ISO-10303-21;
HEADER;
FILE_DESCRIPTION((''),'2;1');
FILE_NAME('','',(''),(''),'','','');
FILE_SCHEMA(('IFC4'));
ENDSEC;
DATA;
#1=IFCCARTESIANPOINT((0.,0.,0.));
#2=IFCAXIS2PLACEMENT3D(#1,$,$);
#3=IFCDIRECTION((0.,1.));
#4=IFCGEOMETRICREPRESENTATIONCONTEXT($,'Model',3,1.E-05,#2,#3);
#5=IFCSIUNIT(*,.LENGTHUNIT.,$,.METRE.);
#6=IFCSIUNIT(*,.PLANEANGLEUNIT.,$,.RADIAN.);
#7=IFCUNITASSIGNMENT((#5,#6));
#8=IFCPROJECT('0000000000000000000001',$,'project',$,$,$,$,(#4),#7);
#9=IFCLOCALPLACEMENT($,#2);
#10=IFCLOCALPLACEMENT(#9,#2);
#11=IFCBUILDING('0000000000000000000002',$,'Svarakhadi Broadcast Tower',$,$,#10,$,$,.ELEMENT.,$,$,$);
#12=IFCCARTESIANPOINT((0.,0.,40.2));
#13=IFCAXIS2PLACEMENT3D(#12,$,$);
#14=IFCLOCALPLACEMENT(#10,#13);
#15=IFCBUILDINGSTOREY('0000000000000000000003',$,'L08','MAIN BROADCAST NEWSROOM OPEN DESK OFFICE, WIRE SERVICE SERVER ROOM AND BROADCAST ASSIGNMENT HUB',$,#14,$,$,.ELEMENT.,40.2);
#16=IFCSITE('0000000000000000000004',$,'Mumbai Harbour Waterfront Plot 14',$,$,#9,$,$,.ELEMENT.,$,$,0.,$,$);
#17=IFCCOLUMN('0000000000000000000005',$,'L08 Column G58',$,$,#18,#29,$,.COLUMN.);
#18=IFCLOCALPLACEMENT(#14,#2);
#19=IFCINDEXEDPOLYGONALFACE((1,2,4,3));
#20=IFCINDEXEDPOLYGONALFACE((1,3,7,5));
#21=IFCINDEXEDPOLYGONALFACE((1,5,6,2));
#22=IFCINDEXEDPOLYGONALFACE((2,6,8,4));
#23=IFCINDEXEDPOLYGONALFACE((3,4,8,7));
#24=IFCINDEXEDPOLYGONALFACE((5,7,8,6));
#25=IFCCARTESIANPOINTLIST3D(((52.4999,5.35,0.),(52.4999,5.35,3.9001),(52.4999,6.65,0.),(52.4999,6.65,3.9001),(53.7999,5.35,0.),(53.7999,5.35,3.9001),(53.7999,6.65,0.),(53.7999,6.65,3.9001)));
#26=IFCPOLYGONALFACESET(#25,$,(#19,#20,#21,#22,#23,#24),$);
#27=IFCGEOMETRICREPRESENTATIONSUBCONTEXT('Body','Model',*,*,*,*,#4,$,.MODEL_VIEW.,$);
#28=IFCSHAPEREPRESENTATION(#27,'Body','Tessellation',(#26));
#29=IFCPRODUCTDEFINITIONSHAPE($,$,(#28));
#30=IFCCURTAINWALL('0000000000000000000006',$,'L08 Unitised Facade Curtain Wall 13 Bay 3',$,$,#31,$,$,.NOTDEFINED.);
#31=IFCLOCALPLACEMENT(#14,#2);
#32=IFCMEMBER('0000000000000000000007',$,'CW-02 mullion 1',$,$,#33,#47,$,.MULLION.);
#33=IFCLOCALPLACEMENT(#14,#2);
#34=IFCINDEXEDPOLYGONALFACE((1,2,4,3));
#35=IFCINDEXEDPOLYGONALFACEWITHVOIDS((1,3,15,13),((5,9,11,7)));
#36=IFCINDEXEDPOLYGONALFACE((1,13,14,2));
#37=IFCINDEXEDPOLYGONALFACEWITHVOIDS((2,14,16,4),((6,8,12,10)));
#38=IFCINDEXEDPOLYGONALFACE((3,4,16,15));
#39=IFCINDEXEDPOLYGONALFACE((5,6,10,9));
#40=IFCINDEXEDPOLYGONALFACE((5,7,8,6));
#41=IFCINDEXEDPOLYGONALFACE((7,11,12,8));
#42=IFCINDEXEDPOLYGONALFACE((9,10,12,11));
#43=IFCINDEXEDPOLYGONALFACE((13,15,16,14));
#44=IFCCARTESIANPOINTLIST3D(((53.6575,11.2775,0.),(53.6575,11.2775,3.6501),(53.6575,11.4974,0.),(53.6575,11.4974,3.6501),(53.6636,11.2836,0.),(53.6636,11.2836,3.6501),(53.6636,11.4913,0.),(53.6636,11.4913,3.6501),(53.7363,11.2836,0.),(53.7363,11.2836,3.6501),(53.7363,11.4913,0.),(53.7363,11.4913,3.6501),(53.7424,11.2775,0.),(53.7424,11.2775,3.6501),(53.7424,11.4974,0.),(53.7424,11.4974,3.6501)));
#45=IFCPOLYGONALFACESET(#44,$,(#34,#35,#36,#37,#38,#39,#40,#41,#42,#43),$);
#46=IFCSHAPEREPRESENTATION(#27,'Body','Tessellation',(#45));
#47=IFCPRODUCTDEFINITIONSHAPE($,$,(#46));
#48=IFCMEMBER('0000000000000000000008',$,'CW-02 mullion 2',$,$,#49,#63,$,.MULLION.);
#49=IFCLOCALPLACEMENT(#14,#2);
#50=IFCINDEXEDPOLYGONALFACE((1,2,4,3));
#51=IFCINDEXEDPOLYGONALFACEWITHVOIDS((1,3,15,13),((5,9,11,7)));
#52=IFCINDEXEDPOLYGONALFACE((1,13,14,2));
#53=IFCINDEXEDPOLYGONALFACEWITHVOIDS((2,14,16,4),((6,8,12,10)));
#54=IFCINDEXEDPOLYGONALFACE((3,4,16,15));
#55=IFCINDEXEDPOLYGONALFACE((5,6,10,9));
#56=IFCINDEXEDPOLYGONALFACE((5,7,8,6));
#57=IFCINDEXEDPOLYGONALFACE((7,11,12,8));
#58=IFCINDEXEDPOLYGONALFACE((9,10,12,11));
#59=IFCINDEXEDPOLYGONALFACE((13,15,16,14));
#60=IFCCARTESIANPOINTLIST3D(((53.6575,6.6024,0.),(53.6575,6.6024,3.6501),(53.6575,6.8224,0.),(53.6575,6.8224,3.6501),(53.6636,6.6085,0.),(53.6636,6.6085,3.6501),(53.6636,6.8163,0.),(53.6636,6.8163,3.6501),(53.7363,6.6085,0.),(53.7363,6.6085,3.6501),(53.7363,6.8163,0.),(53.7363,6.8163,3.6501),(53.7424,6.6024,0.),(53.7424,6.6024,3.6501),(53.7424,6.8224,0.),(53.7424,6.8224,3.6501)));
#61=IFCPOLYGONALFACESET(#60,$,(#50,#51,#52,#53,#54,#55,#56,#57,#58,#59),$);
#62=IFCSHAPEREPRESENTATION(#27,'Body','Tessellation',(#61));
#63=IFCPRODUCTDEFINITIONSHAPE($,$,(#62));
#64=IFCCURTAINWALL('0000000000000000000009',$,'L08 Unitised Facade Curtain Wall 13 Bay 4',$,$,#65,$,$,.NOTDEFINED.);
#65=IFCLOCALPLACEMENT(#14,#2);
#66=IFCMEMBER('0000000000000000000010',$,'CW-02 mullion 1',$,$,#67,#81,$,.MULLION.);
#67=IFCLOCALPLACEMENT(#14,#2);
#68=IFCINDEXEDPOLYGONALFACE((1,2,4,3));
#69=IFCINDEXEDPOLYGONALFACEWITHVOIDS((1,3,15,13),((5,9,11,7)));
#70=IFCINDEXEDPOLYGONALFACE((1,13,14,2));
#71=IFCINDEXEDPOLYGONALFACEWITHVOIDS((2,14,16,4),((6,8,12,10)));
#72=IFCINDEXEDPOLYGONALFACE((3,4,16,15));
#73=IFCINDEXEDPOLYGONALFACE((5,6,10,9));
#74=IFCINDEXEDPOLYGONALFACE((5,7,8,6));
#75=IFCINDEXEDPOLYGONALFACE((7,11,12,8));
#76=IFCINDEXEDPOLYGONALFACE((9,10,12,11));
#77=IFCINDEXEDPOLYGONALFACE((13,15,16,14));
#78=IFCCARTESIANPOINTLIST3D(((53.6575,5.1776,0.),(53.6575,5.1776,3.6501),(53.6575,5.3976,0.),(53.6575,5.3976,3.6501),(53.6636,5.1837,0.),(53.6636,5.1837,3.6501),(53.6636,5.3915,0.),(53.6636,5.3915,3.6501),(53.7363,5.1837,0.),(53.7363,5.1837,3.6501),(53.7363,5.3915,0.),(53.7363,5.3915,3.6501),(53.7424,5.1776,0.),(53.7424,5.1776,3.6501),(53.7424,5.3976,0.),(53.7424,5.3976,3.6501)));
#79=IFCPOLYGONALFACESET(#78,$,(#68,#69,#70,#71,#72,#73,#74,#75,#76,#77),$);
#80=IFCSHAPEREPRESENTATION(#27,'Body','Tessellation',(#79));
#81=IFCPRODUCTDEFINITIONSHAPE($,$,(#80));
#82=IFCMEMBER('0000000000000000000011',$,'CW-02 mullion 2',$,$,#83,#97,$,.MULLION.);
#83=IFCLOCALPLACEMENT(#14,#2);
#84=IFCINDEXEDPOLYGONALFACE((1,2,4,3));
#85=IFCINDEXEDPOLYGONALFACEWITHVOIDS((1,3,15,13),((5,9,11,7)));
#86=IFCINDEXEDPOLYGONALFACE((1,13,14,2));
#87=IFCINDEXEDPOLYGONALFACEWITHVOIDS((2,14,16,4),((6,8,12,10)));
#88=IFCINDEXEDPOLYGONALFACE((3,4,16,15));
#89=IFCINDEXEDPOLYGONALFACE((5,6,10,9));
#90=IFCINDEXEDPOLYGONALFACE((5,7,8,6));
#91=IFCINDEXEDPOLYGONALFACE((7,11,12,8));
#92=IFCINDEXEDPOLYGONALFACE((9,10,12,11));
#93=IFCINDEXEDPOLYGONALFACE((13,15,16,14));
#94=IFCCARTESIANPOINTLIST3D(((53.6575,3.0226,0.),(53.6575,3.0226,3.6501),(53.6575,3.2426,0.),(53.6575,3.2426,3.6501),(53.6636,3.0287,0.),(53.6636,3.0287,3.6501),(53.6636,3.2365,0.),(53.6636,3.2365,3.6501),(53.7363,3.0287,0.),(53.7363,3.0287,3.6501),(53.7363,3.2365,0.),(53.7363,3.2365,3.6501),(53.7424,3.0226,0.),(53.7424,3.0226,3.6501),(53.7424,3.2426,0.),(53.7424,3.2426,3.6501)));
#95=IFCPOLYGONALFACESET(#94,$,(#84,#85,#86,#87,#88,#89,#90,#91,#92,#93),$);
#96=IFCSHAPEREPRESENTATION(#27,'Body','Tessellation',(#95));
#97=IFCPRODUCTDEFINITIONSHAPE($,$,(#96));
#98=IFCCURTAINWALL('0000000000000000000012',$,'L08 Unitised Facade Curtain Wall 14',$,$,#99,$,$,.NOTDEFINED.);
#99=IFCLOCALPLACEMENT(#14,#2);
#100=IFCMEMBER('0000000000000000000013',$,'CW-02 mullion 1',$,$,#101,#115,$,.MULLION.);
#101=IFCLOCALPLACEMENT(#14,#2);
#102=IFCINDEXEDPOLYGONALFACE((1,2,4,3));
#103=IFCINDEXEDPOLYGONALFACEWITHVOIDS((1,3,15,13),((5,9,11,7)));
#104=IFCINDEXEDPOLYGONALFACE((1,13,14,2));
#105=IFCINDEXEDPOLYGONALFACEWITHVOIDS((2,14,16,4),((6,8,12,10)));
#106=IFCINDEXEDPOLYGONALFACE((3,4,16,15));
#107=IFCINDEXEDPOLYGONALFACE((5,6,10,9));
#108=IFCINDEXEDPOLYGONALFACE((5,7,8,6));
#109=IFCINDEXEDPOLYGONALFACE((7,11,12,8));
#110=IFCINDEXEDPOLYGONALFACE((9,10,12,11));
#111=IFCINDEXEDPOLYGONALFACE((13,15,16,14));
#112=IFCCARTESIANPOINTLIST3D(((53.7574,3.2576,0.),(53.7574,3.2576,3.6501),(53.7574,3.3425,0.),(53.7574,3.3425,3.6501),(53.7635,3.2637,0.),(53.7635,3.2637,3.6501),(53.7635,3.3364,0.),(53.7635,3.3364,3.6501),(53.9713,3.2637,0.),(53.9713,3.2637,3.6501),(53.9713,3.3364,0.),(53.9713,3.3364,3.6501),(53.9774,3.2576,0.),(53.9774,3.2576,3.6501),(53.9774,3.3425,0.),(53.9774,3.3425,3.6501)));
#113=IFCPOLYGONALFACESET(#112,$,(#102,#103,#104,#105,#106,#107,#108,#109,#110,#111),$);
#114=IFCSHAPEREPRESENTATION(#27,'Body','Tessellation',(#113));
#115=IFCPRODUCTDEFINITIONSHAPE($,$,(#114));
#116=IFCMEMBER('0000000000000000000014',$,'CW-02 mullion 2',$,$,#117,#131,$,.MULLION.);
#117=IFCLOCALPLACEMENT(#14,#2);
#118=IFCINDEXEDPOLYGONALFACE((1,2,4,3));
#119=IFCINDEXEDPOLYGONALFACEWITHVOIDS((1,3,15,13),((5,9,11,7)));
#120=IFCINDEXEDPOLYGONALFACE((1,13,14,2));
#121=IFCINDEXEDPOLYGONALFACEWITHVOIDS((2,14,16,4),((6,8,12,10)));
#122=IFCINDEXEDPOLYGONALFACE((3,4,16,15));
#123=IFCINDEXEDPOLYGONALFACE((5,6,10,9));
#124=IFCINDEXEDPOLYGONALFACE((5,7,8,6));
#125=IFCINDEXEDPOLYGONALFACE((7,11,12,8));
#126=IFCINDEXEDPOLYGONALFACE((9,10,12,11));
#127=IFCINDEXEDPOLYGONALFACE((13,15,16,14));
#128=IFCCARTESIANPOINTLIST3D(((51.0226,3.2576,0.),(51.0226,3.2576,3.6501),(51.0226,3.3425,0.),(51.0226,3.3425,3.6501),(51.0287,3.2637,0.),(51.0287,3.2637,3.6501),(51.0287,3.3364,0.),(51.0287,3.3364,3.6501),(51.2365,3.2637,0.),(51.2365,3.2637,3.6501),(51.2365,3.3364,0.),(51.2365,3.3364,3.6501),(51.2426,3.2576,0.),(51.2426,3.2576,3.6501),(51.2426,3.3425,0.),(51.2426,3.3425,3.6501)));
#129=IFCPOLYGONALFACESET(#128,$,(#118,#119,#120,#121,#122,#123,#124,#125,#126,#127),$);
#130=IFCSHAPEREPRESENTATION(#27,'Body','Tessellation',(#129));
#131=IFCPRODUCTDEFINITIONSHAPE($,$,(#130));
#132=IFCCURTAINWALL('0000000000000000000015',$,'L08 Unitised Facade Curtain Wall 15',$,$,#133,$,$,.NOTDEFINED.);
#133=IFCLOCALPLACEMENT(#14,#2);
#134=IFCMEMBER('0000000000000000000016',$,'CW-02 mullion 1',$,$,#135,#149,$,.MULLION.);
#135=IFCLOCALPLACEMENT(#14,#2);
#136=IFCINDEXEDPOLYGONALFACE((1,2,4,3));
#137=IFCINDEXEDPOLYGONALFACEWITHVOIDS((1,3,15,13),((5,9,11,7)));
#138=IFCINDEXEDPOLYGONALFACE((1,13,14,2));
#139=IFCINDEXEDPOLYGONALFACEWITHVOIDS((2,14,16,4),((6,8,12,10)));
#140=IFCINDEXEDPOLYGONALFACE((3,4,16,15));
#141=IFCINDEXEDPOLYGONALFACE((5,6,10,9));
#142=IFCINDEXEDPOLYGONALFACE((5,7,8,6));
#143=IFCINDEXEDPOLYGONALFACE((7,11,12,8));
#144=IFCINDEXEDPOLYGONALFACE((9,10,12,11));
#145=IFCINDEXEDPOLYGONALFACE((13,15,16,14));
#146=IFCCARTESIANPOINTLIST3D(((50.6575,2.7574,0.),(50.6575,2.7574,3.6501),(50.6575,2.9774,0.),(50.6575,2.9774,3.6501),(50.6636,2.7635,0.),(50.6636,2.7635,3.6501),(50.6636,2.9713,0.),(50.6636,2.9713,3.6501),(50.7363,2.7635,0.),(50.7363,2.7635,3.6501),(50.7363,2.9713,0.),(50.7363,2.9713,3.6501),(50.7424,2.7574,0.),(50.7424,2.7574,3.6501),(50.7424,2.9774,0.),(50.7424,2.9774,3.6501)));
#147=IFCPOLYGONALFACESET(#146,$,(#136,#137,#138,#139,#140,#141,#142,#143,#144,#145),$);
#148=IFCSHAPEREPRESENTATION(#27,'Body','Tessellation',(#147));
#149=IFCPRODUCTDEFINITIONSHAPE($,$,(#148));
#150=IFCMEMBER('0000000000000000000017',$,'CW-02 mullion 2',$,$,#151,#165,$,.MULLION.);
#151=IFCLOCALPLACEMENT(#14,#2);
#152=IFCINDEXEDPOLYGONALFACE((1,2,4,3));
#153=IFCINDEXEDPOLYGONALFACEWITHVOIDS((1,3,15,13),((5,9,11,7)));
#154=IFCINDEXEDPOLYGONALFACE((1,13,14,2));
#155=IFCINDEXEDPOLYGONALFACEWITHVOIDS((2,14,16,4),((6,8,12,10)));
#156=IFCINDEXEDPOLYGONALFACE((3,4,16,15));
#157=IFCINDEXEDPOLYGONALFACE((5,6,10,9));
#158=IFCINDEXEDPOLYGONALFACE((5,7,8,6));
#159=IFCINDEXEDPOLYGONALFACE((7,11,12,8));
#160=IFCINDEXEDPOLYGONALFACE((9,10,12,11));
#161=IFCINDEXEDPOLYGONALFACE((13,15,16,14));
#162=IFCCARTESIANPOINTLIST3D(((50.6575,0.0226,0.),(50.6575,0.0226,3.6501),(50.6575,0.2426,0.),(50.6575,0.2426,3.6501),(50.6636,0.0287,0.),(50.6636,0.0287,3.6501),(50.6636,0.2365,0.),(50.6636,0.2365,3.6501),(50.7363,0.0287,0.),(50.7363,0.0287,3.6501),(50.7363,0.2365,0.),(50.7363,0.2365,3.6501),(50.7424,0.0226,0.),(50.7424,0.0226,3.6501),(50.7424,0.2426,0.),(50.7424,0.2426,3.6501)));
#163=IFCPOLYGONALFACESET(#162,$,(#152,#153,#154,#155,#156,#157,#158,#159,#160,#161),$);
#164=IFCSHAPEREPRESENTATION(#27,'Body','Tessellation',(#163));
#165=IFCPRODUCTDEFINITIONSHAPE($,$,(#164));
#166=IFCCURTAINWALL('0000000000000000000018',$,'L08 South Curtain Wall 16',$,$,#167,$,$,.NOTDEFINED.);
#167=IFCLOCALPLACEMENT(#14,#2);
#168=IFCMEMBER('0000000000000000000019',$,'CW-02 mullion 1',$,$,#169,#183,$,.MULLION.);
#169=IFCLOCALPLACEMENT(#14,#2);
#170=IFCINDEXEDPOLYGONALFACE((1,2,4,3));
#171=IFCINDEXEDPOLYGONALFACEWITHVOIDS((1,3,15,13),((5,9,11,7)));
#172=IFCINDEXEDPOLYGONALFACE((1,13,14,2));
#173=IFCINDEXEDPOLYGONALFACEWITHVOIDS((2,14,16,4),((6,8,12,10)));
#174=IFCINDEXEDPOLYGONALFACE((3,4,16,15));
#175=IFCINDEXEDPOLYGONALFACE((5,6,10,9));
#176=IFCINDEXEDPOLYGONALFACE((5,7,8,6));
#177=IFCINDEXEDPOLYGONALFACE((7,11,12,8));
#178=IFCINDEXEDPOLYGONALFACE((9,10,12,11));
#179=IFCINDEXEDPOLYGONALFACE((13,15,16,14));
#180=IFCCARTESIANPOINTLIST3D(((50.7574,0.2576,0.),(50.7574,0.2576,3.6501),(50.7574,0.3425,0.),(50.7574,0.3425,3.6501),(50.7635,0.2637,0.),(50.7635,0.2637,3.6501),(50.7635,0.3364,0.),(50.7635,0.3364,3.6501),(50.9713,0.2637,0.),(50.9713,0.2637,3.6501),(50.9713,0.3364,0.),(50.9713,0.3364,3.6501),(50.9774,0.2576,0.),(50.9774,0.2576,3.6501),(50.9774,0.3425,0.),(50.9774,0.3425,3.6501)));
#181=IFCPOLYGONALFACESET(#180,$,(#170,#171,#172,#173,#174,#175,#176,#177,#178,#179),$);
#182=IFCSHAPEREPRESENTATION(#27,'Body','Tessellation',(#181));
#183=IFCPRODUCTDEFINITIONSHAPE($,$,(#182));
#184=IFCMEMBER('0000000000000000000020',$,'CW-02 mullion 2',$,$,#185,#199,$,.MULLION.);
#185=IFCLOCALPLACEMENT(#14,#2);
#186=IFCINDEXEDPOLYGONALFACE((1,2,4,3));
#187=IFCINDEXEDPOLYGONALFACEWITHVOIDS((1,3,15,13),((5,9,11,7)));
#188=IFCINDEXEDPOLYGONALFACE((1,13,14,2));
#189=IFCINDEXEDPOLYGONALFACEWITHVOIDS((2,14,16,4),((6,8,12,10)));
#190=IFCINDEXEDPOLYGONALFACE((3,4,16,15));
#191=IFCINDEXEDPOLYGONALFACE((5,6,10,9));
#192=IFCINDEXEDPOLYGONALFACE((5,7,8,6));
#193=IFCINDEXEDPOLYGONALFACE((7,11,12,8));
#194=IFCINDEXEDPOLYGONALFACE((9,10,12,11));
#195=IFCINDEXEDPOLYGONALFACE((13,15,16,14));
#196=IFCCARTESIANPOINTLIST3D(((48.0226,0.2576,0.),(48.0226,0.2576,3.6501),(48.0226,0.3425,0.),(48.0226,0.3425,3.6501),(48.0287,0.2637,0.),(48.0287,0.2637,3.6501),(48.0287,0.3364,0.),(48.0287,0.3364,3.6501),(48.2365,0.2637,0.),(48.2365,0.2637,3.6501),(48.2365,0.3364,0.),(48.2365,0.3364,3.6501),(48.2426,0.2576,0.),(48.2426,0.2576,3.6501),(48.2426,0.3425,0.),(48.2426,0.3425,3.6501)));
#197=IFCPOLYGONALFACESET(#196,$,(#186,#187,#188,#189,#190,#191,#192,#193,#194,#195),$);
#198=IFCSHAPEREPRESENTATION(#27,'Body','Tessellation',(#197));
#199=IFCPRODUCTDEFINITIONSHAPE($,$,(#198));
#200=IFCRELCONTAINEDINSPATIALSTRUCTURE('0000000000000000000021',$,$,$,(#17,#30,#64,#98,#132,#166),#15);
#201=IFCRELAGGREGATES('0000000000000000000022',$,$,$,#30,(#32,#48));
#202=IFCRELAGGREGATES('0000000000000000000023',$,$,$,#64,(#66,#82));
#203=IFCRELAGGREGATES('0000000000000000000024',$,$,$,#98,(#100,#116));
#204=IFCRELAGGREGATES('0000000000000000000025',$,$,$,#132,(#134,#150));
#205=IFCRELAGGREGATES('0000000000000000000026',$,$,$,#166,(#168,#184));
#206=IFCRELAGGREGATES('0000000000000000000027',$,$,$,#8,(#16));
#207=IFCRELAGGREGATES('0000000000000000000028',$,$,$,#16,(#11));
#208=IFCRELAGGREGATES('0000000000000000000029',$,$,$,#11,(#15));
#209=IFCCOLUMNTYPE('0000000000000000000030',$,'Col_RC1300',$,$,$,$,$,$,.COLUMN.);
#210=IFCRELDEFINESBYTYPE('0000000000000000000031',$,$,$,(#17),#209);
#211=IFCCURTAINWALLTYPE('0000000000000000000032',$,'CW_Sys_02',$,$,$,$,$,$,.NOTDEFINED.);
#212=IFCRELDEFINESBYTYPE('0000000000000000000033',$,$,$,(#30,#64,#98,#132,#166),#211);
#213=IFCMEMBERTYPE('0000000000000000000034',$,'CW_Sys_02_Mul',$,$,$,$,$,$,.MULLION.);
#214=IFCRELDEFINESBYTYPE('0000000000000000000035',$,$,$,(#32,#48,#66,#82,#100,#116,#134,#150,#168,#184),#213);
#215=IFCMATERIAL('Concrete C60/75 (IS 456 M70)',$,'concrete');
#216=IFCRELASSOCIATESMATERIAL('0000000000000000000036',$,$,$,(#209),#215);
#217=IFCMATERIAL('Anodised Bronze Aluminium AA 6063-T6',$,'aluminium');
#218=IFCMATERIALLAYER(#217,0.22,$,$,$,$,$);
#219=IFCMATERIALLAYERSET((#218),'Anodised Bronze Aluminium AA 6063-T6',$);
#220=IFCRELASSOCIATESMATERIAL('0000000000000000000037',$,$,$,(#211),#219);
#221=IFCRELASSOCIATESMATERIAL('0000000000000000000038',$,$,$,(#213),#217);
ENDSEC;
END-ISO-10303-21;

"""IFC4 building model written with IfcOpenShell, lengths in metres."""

from ifc_helpers import new_model, si_unit, direction, frame, origin, origin_2d, place, context, subcontext, project, spatial, rectangle, hollow_rectangle, extrude, material, layer, layer_set, material_profile, profile_set, type_object, element, aggregate, save


model = new_model("IFC4")

# Units and contexts
model_context = context("Model", 3, precision=1e-05, world=origin(), true_north=direction((0.0, 1.0)))
body_context = subcontext(model_context, "Body", "Model", "MODEL_VIEW")
ifc_project = project(units=[si_unit("LENGTHUNIT", "METRE"), si_unit("PLANEANGLEUNIT", "RADIAN")], contexts=[model_context])

# Site, building, storey
site_placement = place(None, origin())
site = spatial("IfcSite", under=ifc_project, at=site_placement, Name="Mumbai Harbour Waterfront Plot 14", CompositionType="ELEMENT", RefElevation=0.0)
building_placement = place(site_placement, origin())
building = spatial("IfcBuilding", under=site, at=building_placement, Name="Svarakhadi Broadcast Tower", CompositionType="ELEMENT")
storey_placement = place(building_placement, frame((0.0, 0.0, 40.2)))
storey = spatial("IfcBuildingStorey", under=building, at=storey_placement, Name="L08", Description="MAIN BROADCAST NEWSROOM OPEN DESK OFFICE, WIRE SERVICE SERVER ROOM AND BROADCAST ASSIGNMENT HUB", CompositionType="ELEMENT", Elevation=40.2)

# Column
ifc_material_1 = material(Name="Concrete C60/75 (IS 456 M70)", Category="concrete")
ifc_material_profile_1 = material_profile(ifc_material_1, rectangle(XDim=1.3, YDim=1.3, at=origin_2d()), Name="RC 1300x1300")
ifc_profile_set_1 = profile_set([ifc_material_profile_1], Name="Concrete C60/75 (IS 456 M70)")
column_type = type_object("IfcColumnType", Name="Col_RC1300", PredefinedType="COLUMN", material=ifc_profile_set_1)
column_placement = place(storey_placement, frame((53.1499, 6.0, 0.0), z_axis=(0.0, 0.0, 1.0), x_axis=(1.0, 0.0, 0.0)))
element("IfcColumn", 1, at=column_placement, inside=storey, type_object=column_type, Name="L08 Column G58", PredefinedType="COLUMN", context=body_context, shape_type="SweptSolid", body=[
    extrude(rectangle(XDim=1.3, YDim=1.3, at=origin_2d()), origin(), (0.0, 0.0, 1.0), 3.9001),
])

# Curtain walls, members
ifc_material_2 = material(Name="Anodised Bronze Aluminium AA 6063-T6", Category="aluminium")
ifc_layer_1 = layer(ifc_material_2, 0.22)
ifc_layer_set_1 = layer_set([ifc_layer_1], Name="Anodised Bronze Aluminium AA 6063-T6")
curtain_wall_type = type_object("IfcCurtainWallType", Name="CW_Sys_02", PredefinedType="NOTDEFINED", material=ifc_layer_set_1)
curtain_wall_1_placement = place(storey_placement, origin())
curtain_wall_1 = element("IfcCurtainWall", 2, at=curtain_wall_1_placement, inside=storey, type_object=curtain_wall_type, Name="L08 Unitised Facade Curtain Wall 13 Bay 3", PredefinedType="NOTDEFINED")
ifc_material_profile_2 = material_profile(ifc_material_2, hollow_rectangle(XDim=0.085, YDim=0.22, WallThickness=0.0061, at=origin_2d()), Name="ALU MULLION 220x85x6")
ifc_profile_set_2 = profile_set([ifc_material_profile_2], Name="Anodised Bronze Aluminium AA 6063-T6")
member_type_1 = type_object("IfcMemberType", Name="CW_Sys_02_Mul", PredefinedType="MULLION", material=ifc_profile_set_2)
member_1_placement = place(storey_placement, frame((53.7, 11.3875, 0.0), z_axis=(0.0, 0.0, 1.0), x_axis=(1.0, 0.0, 0.0)))
member_1 = element("IfcMember", 3, at=member_1_placement, type_object=member_type_1, Name="CW-02 mullion 1", PredefinedType="MULLION", context=body_context, shape_type="SweptSolid", body=[
    extrude(hollow_rectangle(XDim=0.085, YDim=0.22, WallThickness=0.0061, at=origin_2d()), origin(), (0.0, 0.0, 1.0), 3.6501),
])
member_2_placement = place(storey_placement, frame((53.7, 6.7124, 0.0), z_axis=(0.0, 0.0, 1.0), x_axis=(1.0, 0.0, 0.0)))
member_2 = element("IfcMember", 4, at=member_2_placement, type_object=member_type_1, Name="CW-02 mullion 2", PredefinedType="MULLION", context=body_context, shape_type="SweptSolid", body=[
    extrude(hollow_rectangle(XDim=0.085, YDim=0.22, WallThickness=0.0061, at=origin_2d()), origin(), (0.0, 0.0, 1.0), 3.6501),
])
curtain_wall_2_placement = place(storey_placement, origin())
curtain_wall_2 = element("IfcCurtainWall", 5, at=curtain_wall_2_placement, inside=storey, type_object=curtain_wall_type, Name="L08 Unitised Facade Curtain Wall 13 Bay 4", PredefinedType="NOTDEFINED")
member_3_placement = place(storey_placement, frame((53.7, 5.2876, 0.0), z_axis=(0.0, 0.0, 1.0), x_axis=(1.0, 0.0, 0.0)))
member_3 = element("IfcMember", 6, at=member_3_placement, type_object=member_type_1, Name="CW-02 mullion 1", PredefinedType="MULLION", context=body_context, shape_type="SweptSolid", body=[
    extrude(hollow_rectangle(XDim=0.085, YDim=0.22, WallThickness=0.0061, at=origin_2d()), origin(), (0.0, 0.0, 1.0), 3.6501),
])
member_4_placement = place(storey_placement, frame((53.7, 3.1326, 0.0), z_axis=(0.0, 0.0, 1.0), x_axis=(1.0, 0.0, 0.0)))
member_4 = element("IfcMember", 7, at=member_4_placement, type_object=member_type_1, Name="CW-02 mullion 2", PredefinedType="MULLION", context=body_context, shape_type="SweptSolid", body=[
    extrude(hollow_rectangle(XDim=0.085, YDim=0.22, WallThickness=0.0061, at=origin_2d()), origin(), (0.0, 0.0, 1.0), 3.6501),
])
curtain_wall_3_placement = place(storey_placement, origin())
curtain_wall_3 = element("IfcCurtainWall", 8, at=curtain_wall_3_placement, inside=storey, type_object=curtain_wall_type, Name="L08 Unitised Facade Curtain Wall 14", PredefinedType="NOTDEFINED")
member_5_placement = place(storey_placement, frame((53.8674, 3.3, 0.0), z_axis=(0.0, 0.0, 1.0), x_axis=(0.0, -1.0, 0.0)))
member_5 = element("IfcMember", 9, at=member_5_placement, type_object=member_type_1, Name="CW-02 mullion 1", PredefinedType="MULLION", context=body_context, shape_type="SweptSolid", body=[
    extrude(hollow_rectangle(XDim=0.085, YDim=0.22, WallThickness=0.0061, at=origin_2d()), origin(), (0.0, 0.0, 1.0), 3.6501),
])
member_6_placement = place(storey_placement, frame((51.1326, 3.3, 0.0), z_axis=(0.0, 0.0, 1.0), x_axis=(0.0, -1.0, 0.0)))
member_6 = element("IfcMember", 10, at=member_6_placement, type_object=member_type_1, Name="CW-02 mullion 2", PredefinedType="MULLION", context=body_context, shape_type="SweptSolid", body=[
    extrude(hollow_rectangle(XDim=0.085, YDim=0.22, WallThickness=0.0061, at=origin_2d()), origin(), (0.0, 0.0, 1.0), 3.6501),
])
curtain_wall_4_placement = place(storey_placement, origin())
curtain_wall_4 = element("IfcCurtainWall", 11, at=curtain_wall_4_placement, inside=storey, type_object=curtain_wall_type, Name="L08 Unitised Facade Curtain Wall 15", PredefinedType="NOTDEFINED")
member_7_placement = place(storey_placement, frame((50.7, 2.8674, 0.0), z_axis=(0.0, 0.0, 1.0), x_axis=(1.0, 0.0, 0.0)))
member_7 = element("IfcMember", 12, at=member_7_placement, type_object=member_type_1, Name="CW-02 mullion 1", PredefinedType="MULLION", context=body_context, shape_type="SweptSolid", body=[
    extrude(hollow_rectangle(XDim=0.085, YDim=0.22, WallThickness=0.0061, at=origin_2d()), origin(), (0.0, 0.0, 1.0), 3.6501),
])
member_8_placement = place(storey_placement, frame((50.7, 0.1326, 0.0), z_axis=(0.0, 0.0, 1.0), x_axis=(1.0, 0.0, 0.0)))
member_8 = element("IfcMember", 13, at=member_8_placement, type_object=member_type_1, Name="CW-02 mullion 2", PredefinedType="MULLION", context=body_context, shape_type="SweptSolid", body=[
    extrude(hollow_rectangle(XDim=0.085, YDim=0.22, WallThickness=0.0061, at=origin_2d()), origin(), (0.0, 0.0, 1.0), 3.6501),
])
curtain_wall_5_placement = place(storey_placement, origin())
curtain_wall_5 = element("IfcCurtainWall", 14, at=curtain_wall_5_placement, inside=storey, type_object=curtain_wall_type, Name="L08 South Curtain Wall 16", PredefinedType="NOTDEFINED")
member_9_placement = place(storey_placement, frame((50.8674, 0.3, 0.0), z_axis=(0.0, 0.0, 1.0), x_axis=(0.0, -1.0, 0.0)))
member_9 = element("IfcMember", 15, at=member_9_placement, type_object=member_type_1, Name="CW-02 mullion 1", PredefinedType="MULLION", context=body_context, shape_type="SweptSolid", body=[
    extrude(hollow_rectangle(XDim=0.085, YDim=0.22, WallThickness=0.0061, at=origin_2d()), origin(), (0.0, 0.0, 1.0), 3.6501),
])
member_10_placement = place(storey_placement, frame((48.1326, 0.3, 0.0), z_axis=(0.0, 0.0, 1.0), x_axis=(0.0, -1.0, 0.0)))
member_10 = element("IfcMember", 16, at=member_10_placement, type_object=member_type_1, Name="CW-02 mullion 2", PredefinedType="MULLION", context=body_context, shape_type="SweptSolid", body=[
    extrude(hollow_rectangle(XDim=0.085, YDim=0.22, WallThickness=0.0061, at=origin_2d()), origin(), (0.0, 0.0, 1.0), 3.6501),
])

aggregate(curtain_wall_1, [member_1, member_2])
aggregate(curtain_wall_2, [member_3, member_4])
aggregate(curtain_wall_3, [member_5, member_6])
aggregate(curtain_wall_4, [member_7, member_8])
aggregate(curtain_wall_5, [member_9, member_10])

save(model, "model.ifc")
